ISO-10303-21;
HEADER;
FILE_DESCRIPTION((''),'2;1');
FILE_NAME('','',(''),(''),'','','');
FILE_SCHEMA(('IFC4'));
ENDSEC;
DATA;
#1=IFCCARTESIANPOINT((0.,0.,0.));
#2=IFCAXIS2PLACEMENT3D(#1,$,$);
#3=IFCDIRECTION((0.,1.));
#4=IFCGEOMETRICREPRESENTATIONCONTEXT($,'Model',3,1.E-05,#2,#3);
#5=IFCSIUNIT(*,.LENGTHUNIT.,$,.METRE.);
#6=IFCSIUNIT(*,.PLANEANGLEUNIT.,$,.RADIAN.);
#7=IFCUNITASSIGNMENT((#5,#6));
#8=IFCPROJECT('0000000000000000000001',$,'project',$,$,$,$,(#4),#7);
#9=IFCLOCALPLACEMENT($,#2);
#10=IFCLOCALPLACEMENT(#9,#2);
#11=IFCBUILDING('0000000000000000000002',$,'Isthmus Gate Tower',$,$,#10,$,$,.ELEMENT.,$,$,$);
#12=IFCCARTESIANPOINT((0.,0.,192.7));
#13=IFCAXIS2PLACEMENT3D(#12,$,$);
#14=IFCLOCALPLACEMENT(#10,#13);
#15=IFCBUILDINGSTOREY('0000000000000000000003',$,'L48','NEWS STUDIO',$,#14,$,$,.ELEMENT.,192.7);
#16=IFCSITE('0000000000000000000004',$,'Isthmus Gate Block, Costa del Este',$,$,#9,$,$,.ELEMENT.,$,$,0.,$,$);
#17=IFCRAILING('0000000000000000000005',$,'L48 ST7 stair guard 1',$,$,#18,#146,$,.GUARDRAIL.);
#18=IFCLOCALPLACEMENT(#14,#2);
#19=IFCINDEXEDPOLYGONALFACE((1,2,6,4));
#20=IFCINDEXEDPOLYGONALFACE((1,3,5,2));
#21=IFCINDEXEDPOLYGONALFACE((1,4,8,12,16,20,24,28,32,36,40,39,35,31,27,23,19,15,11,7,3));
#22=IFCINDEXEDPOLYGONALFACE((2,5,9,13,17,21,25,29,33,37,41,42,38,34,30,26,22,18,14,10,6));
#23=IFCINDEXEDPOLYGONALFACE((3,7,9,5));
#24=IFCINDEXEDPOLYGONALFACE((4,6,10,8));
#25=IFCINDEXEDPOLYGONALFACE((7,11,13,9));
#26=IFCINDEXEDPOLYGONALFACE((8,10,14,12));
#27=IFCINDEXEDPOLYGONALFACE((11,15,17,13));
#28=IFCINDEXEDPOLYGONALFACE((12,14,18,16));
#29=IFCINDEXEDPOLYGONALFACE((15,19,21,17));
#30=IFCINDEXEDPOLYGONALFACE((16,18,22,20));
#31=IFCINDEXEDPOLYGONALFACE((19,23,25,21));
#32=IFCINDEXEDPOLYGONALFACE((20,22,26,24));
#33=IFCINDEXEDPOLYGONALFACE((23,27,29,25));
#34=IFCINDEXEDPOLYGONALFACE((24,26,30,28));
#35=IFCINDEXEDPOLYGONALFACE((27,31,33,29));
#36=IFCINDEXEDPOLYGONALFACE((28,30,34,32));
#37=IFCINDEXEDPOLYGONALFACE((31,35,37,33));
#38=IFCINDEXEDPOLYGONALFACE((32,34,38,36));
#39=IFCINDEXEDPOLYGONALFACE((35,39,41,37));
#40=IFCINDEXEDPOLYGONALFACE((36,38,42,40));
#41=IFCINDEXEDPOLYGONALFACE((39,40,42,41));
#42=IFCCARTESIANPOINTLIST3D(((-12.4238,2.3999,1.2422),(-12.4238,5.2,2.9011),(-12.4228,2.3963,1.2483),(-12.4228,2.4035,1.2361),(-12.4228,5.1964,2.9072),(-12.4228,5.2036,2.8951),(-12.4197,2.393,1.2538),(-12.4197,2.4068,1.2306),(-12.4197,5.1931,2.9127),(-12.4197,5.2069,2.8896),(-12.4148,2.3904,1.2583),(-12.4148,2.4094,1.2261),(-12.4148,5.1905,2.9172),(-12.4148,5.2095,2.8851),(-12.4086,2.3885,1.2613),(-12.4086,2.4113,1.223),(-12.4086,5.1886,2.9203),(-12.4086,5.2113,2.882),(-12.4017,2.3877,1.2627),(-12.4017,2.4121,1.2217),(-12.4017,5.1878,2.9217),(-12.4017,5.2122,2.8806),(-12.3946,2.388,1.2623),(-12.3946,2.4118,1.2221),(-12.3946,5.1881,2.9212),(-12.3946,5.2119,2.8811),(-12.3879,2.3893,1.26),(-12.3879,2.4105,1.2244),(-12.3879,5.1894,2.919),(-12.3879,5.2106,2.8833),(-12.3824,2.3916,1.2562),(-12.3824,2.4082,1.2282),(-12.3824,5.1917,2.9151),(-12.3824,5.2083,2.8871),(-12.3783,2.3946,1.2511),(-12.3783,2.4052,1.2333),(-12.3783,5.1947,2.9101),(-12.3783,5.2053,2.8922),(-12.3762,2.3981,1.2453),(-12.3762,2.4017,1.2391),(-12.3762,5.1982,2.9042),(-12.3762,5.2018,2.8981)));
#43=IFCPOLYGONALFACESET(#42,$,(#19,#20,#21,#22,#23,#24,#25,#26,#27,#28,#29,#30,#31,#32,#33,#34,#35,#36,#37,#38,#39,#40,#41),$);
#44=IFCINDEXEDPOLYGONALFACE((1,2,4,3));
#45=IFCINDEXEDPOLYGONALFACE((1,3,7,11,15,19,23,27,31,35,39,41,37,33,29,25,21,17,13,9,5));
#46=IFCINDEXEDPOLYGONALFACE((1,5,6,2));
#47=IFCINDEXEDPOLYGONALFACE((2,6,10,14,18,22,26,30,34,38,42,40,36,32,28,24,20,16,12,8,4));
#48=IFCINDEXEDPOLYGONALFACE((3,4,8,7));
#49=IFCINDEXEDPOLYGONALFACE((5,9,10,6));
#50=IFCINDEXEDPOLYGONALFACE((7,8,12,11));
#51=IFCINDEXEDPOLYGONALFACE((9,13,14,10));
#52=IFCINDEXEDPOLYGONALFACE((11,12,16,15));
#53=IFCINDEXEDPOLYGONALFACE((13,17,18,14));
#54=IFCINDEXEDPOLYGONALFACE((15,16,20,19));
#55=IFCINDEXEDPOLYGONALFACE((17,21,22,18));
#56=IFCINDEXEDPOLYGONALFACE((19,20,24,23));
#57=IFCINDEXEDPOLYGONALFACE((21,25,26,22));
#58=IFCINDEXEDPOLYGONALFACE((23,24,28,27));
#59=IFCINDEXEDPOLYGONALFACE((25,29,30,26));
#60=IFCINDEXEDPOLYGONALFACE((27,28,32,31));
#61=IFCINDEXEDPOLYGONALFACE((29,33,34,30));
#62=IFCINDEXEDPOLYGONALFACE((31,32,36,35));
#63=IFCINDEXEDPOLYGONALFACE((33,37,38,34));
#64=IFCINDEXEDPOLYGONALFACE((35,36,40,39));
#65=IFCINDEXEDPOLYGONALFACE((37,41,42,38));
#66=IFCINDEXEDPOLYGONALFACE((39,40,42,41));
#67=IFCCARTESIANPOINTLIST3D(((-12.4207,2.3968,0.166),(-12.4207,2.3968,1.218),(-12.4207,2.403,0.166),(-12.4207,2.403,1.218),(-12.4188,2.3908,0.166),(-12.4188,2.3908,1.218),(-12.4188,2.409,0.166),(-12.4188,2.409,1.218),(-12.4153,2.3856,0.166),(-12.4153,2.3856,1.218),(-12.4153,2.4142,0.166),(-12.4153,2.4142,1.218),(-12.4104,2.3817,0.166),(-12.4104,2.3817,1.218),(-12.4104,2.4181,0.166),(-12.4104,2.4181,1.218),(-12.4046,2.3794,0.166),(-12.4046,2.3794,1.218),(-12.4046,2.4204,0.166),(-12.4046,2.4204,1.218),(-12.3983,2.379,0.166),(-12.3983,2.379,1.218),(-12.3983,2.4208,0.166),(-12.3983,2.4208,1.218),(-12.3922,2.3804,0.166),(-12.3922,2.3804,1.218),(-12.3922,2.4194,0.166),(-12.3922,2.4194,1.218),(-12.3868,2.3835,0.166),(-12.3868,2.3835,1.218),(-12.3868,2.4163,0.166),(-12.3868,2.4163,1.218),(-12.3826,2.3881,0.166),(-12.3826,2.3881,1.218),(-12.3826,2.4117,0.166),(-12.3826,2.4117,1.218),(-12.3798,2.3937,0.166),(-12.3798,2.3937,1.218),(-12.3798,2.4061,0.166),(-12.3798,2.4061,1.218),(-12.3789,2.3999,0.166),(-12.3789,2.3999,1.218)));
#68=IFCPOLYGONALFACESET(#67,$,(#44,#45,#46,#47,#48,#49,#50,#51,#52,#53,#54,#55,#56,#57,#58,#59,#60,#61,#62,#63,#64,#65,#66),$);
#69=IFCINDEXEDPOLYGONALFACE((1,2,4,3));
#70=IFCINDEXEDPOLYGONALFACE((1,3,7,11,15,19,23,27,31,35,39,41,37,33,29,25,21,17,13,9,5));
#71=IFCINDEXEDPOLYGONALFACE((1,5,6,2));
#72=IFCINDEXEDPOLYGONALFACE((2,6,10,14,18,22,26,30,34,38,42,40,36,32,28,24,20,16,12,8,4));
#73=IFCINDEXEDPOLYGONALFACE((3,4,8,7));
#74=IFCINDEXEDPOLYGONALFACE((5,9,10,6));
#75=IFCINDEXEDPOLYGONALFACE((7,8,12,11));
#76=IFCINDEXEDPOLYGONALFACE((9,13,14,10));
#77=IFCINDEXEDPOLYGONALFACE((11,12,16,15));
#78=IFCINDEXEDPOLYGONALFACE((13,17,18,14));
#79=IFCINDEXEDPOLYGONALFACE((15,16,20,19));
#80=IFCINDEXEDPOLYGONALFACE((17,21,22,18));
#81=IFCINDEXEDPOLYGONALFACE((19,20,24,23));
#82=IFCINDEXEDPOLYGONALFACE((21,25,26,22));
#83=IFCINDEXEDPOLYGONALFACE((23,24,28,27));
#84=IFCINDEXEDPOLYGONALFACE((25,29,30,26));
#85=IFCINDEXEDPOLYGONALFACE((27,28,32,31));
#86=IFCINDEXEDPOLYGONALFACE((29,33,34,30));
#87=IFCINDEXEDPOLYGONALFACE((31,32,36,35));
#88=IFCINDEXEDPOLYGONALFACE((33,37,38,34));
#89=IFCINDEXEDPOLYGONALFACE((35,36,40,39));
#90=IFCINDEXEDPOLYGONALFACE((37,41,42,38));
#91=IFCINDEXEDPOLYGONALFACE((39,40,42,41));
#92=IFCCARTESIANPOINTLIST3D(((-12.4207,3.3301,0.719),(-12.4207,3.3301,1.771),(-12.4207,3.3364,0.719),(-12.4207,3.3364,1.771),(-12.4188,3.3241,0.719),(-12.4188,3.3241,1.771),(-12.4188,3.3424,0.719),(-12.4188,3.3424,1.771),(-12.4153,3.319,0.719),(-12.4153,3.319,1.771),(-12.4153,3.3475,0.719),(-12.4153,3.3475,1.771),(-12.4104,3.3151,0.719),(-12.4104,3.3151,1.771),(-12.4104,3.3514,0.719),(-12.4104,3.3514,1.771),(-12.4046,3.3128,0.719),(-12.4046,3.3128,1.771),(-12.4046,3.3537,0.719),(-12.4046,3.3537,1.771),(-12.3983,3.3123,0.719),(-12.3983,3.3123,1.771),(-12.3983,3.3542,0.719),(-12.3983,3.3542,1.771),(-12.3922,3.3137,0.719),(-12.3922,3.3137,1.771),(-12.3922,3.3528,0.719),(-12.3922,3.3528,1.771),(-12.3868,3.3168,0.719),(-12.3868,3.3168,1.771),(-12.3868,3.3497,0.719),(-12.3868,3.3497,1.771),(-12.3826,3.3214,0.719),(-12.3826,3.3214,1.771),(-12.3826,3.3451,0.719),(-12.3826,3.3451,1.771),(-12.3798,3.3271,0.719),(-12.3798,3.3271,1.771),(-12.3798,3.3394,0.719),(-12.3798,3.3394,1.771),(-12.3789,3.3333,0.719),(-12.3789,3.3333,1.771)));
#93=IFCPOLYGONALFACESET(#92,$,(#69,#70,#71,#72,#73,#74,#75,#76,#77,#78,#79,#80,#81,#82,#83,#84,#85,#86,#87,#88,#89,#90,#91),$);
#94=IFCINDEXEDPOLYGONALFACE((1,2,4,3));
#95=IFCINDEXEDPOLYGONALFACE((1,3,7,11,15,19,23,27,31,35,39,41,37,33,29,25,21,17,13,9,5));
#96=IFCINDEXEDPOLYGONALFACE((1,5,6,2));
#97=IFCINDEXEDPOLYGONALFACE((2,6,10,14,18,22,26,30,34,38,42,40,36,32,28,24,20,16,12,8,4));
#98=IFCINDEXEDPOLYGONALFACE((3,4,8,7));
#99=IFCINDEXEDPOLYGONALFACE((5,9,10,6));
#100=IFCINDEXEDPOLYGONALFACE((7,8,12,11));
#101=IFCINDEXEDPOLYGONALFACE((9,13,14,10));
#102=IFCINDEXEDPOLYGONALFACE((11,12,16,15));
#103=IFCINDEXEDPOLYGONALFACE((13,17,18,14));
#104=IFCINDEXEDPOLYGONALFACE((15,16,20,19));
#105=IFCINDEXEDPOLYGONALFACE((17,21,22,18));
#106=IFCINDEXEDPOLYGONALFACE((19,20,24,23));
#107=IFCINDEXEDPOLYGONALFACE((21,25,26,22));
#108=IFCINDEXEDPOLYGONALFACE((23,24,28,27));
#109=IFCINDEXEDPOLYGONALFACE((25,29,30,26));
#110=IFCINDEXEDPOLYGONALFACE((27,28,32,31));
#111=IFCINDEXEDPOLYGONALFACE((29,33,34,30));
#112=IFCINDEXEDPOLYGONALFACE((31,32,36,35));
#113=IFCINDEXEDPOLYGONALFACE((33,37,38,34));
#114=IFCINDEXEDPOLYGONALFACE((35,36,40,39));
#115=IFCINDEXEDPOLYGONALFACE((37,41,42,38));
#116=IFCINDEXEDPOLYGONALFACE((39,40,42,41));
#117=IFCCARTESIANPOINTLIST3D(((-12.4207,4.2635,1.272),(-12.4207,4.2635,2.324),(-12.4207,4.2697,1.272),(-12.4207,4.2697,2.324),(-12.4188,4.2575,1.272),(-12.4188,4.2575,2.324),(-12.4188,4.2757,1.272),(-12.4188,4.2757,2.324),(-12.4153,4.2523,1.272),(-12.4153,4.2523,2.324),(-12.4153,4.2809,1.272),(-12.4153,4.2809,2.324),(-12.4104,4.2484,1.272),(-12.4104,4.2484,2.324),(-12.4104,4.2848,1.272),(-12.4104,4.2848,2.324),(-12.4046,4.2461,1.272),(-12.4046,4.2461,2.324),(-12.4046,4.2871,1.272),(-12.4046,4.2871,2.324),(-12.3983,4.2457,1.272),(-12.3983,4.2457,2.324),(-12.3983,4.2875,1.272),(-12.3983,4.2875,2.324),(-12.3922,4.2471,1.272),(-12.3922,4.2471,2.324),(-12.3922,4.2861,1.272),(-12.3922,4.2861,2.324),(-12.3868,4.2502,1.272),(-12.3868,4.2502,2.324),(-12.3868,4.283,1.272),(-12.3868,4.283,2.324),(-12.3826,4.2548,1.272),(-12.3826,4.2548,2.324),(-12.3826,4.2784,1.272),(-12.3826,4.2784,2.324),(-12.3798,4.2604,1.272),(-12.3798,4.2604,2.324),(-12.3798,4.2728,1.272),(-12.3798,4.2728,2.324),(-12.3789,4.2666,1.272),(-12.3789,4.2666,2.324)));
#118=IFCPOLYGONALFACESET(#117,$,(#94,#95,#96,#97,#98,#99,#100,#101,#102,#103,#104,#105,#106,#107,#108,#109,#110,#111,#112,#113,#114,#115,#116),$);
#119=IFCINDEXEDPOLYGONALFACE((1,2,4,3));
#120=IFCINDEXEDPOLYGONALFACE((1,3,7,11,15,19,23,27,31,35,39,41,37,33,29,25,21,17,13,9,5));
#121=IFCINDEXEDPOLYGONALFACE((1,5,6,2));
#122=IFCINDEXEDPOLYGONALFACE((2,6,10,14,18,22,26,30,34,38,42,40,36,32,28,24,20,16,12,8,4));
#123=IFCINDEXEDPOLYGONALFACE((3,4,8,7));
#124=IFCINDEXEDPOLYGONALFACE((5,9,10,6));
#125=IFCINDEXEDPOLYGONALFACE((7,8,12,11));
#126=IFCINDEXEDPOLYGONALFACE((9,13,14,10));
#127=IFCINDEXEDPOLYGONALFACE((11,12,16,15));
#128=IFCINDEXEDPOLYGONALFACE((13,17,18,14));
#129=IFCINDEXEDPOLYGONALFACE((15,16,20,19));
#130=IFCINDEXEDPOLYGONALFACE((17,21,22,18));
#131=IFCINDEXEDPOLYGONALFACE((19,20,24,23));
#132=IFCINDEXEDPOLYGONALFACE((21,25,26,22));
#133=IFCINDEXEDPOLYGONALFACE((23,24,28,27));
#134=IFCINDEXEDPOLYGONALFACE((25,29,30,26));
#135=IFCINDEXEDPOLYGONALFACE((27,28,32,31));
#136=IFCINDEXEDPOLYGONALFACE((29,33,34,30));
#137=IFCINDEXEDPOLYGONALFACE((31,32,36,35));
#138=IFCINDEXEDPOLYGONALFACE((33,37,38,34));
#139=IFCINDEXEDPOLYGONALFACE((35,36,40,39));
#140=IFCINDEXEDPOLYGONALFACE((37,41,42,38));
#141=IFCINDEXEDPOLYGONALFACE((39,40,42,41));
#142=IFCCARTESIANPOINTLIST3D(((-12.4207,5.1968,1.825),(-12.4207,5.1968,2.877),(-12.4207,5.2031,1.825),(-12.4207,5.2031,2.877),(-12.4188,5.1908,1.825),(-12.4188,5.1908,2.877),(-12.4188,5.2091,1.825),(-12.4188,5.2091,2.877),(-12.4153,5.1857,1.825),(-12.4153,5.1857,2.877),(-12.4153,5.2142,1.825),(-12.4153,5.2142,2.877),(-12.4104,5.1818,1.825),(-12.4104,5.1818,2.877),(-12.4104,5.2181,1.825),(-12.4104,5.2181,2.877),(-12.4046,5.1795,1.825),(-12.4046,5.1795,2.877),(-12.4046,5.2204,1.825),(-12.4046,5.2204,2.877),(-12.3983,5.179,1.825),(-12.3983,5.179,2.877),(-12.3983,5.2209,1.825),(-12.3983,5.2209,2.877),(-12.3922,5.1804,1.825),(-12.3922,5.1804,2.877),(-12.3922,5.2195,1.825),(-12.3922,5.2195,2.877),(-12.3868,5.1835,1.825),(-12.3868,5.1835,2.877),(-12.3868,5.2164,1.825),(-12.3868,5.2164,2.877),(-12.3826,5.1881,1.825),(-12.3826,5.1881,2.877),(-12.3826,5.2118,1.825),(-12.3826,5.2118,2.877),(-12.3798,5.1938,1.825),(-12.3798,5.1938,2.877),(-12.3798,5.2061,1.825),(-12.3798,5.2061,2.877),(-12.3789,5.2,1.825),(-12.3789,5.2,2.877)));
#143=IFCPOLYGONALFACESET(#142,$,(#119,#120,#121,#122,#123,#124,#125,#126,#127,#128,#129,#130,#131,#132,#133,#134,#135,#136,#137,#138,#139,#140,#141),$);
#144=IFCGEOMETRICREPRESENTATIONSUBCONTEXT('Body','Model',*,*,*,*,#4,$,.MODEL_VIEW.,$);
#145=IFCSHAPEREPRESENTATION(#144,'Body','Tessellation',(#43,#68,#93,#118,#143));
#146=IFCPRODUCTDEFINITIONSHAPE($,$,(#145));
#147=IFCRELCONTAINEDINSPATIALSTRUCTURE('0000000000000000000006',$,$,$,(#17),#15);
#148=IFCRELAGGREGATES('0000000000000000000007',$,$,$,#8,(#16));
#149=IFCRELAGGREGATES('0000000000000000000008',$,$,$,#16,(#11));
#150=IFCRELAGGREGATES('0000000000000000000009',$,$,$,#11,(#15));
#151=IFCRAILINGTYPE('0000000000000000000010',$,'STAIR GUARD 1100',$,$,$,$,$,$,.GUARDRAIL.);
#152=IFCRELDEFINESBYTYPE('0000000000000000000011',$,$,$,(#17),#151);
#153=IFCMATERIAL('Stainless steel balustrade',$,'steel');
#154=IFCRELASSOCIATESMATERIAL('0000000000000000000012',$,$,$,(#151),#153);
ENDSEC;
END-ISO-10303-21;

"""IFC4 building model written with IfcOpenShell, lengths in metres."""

from ifc_helpers import new_model, si_unit, direction, frame, origin, origin_2d, place, context, subcontext, project, spatial, circle, extrude, material, type_object, element, save


model = new_model("IFC4")

# Units and contexts
model_context = context("Model", 3, precision=1e-05, world=origin(), true_north=direction((0.0, 1.0)))
body_context = subcontext(model_context, "Body", "Model", "MODEL_VIEW")
ifc_project = project(units=[si_unit("LENGTHUNIT", "METRE"), si_unit("PLANEANGLEUNIT", "RADIAN")], contexts=[model_context])

# Site, building, storey
site_placement = place(None, origin())
site = spatial("IfcSite", under=ifc_project, at=site_placement, Name="Isthmus Gate Block, Costa del Este", CompositionType="ELEMENT", RefElevation=0.0)
building_placement = place(site_placement, origin())
building = spatial("IfcBuilding", under=site, at=building_placement, Name="Isthmus Gate Tower", CompositionType="ELEMENT")
storey_placement = place(building_placement, frame((0.0, 0.0, 192.7)))
storey = spatial("IfcBuildingStorey", under=building, at=storey_placement, Name="L48", Description="NEWS STUDIO", CompositionType="ELEMENT", Elevation=192.7)

# Railing
ifc_material_1 = material(Name="Stainless steel balustrade", Category="steel")
railing_type_1 = type_object("IfcRailingType", Name="STAIR GUARD 1100", PredefinedType="GUARDRAIL", material=ifc_material_1)
railing_1_placement = place(storey_placement, frame((-12.3999, 2.3999, 0.166)))
element("IfcRailing", 1, at=railing_1_placement, inside=storey, type_object=railing_type_1, Name="L48 ST7 stair guard 1", PredefinedType="GUARDRAIL", context=body_context, shape_type="SweptSolid", body=[
    extrude(circle(Radius=0.0239, at=origin_2d()), frame((0.0, 0.0, 1.0762), z_axis=(0.0, 0.860339, 0.509722), x_axis=(-1.0, 0.0, 0.0)), (0.0, 0.0, 1.0), 3.2546),
    extrude(circle(Radius=0.021, at=origin_2d()), origin(), (0.0, 0.0, 1.0), 1.052),
    extrude(circle(Radius=0.021, at=origin_2d()), frame((0.0, 0.9333, 0.553)), (0.0, 0.0, 1.0), 1.052),
    extrude(circle(Radius=0.021, at=origin_2d()), frame((0.0, 1.8667, 1.106)), (0.0, 0.0, 1.0), 1.052),
    extrude(circle(Radius=0.021, at=origin_2d()), frame((0.0, 2.8, 1.6589)), (0.0, 0.0, 1.0), 1.052),
])

save(model, "model.ifc")
